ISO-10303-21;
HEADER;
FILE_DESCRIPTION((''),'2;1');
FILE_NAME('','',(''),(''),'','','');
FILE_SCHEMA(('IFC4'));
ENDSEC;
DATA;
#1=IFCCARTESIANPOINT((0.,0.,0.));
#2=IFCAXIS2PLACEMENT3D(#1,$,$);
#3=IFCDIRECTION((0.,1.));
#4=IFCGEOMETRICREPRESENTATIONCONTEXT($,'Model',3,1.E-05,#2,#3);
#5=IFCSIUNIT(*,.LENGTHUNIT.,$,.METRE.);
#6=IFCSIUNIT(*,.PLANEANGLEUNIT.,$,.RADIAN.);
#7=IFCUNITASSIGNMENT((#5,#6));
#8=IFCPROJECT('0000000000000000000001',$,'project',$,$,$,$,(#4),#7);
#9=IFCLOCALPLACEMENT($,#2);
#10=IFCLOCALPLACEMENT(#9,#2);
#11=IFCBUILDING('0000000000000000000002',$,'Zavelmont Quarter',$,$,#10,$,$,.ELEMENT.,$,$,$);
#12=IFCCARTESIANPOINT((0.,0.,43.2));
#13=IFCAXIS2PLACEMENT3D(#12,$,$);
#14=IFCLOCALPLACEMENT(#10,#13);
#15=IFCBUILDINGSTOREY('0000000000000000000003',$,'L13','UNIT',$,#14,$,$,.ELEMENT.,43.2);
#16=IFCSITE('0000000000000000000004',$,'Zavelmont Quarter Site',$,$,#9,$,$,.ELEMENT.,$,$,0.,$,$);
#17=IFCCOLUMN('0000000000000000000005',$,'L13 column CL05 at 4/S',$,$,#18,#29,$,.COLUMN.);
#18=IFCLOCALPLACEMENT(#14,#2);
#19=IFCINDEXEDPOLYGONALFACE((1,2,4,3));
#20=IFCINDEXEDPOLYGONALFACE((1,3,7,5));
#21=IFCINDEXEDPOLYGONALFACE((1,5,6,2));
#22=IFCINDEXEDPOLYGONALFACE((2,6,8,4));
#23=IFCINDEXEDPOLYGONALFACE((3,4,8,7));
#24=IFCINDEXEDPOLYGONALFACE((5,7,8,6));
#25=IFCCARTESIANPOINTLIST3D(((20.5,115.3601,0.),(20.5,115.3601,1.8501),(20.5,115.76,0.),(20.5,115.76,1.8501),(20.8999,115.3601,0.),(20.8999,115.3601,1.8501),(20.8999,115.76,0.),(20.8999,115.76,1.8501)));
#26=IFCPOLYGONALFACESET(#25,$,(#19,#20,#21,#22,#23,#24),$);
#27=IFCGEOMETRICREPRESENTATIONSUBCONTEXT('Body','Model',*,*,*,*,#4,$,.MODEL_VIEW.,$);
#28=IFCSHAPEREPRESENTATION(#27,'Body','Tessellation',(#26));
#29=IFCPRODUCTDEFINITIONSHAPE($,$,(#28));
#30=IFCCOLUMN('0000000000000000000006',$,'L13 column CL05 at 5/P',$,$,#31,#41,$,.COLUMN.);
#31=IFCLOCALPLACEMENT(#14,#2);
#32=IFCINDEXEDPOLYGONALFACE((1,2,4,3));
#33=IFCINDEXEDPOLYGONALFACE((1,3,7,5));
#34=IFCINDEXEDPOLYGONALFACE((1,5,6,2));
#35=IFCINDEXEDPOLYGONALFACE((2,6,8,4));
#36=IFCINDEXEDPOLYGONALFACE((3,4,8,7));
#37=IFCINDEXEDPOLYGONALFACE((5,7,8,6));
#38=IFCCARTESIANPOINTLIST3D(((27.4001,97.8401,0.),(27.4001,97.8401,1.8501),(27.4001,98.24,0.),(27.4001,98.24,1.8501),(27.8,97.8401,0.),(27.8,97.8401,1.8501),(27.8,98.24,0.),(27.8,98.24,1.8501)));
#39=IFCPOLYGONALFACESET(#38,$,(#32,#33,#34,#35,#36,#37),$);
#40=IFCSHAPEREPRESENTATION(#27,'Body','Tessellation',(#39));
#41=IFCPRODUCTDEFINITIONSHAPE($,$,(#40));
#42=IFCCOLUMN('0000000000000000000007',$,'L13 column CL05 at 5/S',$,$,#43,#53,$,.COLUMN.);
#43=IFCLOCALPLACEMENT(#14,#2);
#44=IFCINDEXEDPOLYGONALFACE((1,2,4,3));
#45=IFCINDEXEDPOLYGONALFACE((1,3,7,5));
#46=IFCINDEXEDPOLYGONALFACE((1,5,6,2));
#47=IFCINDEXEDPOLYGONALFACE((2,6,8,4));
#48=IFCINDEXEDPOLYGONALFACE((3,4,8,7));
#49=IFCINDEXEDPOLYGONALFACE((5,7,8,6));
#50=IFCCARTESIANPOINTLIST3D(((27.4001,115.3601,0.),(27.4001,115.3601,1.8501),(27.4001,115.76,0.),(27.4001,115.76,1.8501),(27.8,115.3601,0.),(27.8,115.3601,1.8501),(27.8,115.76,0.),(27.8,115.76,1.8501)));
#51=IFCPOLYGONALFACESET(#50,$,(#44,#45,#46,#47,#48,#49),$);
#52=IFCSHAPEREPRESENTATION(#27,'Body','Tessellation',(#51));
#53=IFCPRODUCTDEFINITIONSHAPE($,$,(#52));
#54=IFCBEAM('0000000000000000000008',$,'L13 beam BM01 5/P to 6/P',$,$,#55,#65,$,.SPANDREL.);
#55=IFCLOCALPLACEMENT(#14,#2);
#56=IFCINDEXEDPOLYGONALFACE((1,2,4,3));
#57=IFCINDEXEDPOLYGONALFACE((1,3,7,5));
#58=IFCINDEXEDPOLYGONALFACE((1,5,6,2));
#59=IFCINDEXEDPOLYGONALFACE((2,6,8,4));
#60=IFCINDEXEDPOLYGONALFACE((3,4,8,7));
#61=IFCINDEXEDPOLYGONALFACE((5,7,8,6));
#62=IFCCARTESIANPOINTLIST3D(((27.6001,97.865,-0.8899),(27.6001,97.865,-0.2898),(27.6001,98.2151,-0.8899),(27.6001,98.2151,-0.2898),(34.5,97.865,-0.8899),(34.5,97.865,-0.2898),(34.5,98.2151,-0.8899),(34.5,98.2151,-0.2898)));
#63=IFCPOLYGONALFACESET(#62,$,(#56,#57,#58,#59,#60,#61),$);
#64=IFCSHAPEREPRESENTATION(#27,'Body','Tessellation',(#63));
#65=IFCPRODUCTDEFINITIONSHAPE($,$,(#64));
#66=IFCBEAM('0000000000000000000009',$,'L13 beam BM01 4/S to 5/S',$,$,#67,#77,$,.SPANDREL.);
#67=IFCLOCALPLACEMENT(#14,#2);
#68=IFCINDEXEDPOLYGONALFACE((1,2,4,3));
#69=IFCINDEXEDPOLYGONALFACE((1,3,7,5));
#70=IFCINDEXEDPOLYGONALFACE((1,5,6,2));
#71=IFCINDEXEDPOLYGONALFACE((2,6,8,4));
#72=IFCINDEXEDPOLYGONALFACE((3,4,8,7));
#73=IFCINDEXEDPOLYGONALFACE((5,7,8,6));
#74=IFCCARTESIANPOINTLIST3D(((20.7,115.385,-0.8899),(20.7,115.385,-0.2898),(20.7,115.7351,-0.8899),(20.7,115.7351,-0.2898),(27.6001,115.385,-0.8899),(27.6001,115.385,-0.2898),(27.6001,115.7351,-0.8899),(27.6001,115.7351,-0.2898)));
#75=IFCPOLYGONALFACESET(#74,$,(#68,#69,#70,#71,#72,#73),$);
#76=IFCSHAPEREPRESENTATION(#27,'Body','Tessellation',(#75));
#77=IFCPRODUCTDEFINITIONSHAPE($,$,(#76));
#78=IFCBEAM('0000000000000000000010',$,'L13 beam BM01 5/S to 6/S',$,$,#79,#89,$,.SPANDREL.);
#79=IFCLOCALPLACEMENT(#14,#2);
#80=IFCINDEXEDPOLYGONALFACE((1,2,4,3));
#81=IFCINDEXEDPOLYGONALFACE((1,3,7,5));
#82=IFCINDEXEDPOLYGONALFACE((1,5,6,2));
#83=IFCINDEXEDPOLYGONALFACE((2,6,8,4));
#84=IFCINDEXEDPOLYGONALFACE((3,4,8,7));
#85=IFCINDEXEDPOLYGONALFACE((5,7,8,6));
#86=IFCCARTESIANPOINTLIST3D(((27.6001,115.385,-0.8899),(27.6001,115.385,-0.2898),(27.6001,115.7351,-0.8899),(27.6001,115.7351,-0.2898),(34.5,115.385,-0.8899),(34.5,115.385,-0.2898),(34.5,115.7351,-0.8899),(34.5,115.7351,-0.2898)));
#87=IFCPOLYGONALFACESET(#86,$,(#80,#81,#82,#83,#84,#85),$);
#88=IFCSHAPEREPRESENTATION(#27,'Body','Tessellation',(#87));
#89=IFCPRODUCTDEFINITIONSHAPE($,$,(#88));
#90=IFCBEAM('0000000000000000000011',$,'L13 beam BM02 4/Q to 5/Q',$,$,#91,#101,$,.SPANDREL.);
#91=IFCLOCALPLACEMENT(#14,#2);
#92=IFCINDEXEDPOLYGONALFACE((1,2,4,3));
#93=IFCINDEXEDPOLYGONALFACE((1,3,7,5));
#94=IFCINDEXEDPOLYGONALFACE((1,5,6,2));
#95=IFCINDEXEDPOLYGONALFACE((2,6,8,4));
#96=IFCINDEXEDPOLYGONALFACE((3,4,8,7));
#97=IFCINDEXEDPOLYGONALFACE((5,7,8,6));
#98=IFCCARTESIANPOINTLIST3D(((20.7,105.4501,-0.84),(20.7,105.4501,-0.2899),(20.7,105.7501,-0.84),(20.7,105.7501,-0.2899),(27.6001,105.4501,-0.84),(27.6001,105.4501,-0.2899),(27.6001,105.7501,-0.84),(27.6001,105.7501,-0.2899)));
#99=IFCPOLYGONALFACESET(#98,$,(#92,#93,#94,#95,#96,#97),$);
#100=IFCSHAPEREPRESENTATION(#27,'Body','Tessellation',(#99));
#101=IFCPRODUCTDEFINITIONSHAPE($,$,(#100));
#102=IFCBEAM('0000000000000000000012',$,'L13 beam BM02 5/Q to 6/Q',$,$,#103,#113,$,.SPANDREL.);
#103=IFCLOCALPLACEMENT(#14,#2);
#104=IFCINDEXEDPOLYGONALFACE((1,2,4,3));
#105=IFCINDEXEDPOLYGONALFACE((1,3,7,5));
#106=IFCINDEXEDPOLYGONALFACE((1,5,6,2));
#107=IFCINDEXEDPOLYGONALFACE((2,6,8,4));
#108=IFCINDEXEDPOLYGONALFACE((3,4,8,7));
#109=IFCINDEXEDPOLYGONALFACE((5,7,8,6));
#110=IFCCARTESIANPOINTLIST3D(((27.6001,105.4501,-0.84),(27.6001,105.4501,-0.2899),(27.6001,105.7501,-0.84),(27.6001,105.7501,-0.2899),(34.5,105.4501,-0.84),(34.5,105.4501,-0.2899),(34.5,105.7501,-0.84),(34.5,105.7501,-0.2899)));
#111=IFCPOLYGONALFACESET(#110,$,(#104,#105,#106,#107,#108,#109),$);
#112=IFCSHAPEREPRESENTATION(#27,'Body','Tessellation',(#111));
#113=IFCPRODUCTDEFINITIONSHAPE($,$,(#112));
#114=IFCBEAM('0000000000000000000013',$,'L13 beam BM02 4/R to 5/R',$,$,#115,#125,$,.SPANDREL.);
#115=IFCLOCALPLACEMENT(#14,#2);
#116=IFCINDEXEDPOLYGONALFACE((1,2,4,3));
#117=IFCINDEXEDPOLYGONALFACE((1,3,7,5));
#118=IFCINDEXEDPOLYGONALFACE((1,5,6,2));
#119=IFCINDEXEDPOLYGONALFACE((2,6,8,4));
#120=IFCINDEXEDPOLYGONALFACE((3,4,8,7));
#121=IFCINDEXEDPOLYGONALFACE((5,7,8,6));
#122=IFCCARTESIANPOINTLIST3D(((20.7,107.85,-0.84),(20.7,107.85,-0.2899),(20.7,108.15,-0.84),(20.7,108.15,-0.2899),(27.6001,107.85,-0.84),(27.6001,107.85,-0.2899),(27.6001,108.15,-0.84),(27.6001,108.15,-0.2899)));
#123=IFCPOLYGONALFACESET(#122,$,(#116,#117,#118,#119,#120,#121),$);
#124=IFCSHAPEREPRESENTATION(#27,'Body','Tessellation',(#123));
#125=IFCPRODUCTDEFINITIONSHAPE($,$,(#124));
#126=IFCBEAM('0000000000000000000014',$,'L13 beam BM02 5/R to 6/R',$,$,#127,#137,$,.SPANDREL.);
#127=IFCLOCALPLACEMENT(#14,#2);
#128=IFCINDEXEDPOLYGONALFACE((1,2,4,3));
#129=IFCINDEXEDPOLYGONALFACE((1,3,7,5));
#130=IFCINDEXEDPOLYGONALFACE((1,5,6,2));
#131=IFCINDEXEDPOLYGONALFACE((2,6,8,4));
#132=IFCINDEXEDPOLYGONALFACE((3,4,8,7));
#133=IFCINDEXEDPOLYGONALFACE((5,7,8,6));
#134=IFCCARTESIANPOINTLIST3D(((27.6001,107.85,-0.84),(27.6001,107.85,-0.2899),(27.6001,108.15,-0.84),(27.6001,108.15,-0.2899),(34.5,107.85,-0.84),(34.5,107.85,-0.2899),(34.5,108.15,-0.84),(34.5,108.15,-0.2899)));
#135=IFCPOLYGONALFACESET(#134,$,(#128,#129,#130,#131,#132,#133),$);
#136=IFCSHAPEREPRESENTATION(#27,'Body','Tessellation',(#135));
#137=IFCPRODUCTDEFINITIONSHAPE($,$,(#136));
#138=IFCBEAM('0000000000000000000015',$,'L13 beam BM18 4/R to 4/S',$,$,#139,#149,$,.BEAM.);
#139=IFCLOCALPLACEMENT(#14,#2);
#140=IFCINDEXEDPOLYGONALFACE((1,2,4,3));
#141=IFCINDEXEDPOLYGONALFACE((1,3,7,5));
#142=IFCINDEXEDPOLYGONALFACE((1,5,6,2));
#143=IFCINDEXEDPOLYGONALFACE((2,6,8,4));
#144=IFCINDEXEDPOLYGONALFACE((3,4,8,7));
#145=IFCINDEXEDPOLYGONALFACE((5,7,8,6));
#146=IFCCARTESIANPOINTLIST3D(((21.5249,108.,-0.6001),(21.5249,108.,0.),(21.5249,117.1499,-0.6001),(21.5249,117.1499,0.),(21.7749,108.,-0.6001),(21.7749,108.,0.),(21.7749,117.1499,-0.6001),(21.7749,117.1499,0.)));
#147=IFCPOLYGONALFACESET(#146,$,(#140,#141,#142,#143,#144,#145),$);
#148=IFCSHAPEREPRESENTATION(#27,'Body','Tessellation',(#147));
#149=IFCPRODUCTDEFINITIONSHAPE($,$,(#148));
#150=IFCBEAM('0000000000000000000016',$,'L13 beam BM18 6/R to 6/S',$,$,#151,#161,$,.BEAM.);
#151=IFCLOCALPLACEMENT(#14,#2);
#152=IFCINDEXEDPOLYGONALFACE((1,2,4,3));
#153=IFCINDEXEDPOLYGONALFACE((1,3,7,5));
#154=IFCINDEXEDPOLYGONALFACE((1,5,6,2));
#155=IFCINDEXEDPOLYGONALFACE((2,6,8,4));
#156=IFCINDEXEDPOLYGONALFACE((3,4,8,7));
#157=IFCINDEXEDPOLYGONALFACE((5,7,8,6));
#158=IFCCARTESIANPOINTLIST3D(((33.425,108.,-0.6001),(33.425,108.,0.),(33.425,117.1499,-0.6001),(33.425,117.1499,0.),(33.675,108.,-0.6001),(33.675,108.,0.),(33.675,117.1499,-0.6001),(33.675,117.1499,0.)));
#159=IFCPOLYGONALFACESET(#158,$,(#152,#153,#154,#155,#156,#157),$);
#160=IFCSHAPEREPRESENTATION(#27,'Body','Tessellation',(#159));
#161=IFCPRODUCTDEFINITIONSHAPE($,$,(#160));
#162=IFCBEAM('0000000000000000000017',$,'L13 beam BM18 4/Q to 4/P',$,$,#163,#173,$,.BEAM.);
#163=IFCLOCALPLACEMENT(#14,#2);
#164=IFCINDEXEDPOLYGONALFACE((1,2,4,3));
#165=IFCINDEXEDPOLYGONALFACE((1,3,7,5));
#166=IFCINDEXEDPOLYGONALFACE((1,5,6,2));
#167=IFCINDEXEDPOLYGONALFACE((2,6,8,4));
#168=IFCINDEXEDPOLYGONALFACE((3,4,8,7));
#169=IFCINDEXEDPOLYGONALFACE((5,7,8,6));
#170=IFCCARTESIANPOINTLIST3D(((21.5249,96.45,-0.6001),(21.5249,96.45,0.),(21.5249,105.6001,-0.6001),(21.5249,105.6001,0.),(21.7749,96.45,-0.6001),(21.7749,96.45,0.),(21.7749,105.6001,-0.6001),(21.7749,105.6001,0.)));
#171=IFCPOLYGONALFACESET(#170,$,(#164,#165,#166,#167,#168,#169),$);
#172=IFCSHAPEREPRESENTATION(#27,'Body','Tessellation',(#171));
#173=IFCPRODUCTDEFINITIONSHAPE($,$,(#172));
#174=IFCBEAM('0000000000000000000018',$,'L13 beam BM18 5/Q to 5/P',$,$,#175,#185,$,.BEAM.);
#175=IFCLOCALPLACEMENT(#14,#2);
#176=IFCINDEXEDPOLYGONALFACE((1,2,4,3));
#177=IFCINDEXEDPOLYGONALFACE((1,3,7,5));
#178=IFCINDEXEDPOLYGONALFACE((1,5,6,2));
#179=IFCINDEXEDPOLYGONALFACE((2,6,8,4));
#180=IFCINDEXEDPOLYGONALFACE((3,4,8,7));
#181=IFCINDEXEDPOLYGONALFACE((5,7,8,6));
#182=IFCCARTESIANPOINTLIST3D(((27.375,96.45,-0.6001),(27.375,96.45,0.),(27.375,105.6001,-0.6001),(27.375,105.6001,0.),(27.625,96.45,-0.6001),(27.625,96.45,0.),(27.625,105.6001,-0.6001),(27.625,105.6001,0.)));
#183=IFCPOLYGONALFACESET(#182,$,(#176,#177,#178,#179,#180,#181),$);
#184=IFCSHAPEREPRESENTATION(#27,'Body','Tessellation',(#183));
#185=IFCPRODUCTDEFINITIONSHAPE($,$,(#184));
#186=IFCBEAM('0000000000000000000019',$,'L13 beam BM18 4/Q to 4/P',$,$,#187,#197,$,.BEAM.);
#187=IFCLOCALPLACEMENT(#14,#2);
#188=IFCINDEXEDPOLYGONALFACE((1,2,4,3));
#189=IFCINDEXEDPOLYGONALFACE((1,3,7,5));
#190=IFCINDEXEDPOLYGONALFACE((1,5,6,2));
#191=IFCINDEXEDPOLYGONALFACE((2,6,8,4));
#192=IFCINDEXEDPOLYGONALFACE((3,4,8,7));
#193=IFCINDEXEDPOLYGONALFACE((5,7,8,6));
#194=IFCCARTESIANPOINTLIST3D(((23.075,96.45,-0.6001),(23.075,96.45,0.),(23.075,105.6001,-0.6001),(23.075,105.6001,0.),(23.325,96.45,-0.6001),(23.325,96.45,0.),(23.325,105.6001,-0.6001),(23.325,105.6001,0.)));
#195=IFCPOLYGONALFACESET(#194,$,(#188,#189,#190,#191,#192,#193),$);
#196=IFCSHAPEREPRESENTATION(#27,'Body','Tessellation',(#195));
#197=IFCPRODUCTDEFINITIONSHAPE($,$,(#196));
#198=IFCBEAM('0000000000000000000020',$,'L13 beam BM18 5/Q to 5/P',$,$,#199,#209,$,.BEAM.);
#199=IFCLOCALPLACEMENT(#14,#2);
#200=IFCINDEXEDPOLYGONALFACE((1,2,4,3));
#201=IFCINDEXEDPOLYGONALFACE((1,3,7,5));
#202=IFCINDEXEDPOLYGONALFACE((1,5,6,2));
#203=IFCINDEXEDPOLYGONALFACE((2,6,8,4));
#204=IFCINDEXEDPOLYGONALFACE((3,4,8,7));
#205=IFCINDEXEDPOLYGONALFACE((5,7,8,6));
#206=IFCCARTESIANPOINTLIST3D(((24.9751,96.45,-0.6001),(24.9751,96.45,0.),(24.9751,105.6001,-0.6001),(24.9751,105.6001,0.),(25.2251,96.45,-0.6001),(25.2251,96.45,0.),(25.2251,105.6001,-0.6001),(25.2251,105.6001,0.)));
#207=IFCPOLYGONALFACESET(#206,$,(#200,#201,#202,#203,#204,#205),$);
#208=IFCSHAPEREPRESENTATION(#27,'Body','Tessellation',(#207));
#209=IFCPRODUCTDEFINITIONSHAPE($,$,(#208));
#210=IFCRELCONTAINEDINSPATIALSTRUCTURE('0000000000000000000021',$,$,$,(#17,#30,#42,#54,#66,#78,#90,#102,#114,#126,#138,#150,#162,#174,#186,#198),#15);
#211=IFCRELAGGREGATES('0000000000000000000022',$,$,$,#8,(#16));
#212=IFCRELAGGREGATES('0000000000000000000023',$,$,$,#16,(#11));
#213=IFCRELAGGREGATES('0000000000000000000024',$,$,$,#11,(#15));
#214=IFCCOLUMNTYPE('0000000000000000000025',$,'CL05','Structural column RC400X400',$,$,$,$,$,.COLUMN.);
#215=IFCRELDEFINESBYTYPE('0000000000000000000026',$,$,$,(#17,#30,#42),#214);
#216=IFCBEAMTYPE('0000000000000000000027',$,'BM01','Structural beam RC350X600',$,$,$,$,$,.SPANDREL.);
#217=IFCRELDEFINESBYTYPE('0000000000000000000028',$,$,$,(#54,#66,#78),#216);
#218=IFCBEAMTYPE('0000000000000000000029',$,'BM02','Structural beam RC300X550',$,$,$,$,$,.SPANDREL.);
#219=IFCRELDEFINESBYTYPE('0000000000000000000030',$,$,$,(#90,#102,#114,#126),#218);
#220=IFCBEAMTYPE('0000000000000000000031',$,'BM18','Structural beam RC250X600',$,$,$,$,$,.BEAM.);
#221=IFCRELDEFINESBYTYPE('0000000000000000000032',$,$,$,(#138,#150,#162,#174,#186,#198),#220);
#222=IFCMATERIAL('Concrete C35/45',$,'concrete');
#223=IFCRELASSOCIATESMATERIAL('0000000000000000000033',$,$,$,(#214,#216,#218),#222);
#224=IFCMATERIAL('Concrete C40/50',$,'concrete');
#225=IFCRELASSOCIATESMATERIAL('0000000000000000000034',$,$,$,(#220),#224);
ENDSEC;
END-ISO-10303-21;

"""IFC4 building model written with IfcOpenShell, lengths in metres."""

from ifc_helpers import new_model, si_unit, direction, frame, origin, origin_2d, place, context, subcontext, project, spatial, rectangle, extrude, material, material_profile, profile_set, type_object, element, save


model = new_model("IFC4")

# Units and contexts
model_context = context("Model", 3, precision=1e-05, world=origin(), true_north=direction((0.0, 1.0)))
body_context = subcontext(model_context, "Body", "Model", "MODEL_VIEW")
ifc_project = project(units=[si_unit("LENGTHUNIT", "METRE"), si_unit("PLANEANGLEUNIT", "RADIAN")], contexts=[model_context])

# Site, building, storey
site_placement = place(None, origin())
site = spatial("IfcSite", under=ifc_project, at=site_placement, Name="Zavelmont Quarter Site", CompositionType="ELEMENT", RefElevation=0.0)
building_placement = place(site_placement, origin())
building = spatial("IfcBuilding", under=site, at=building_placement, Name="Zavelmont Quarter", CompositionType="ELEMENT")
storey_placement = place(building_placement, frame((0.0, 0.0, 43.2)))
storey = spatial("IfcBuildingStorey", under=building, at=storey_placement, Name="L13", Description="UNIT", CompositionType="ELEMENT", Elevation=43.2)

# Columns
ifc_material_1 = material(Name="Concrete C35/45", Category="concrete")
ifc_material_profile_1 = material_profile(ifc_material_1, rectangle(XDim=0.3999, YDim=0.3999, at=origin_2d()), Name="RC400X400")
ifc_profile_set_1 = profile_set([ifc_material_profile_1], Name="Concrete C35/45")
column_type = type_object("IfcColumnType", Name="CL05", Description="Structural column RC400X400", PredefinedType="COLUMN", material=ifc_profile_set_1)
for number, where, z_axis, x_axis, name in (
    (1, (20.7, 115.5601, 0.0), (0.0, 0.0, 1.0), (1.0, 0.0, 0.0), "L13 column CL05 at 4/S"),
    (2, (27.6001, 98.04, 0.0), (0.0, 0.0, 1.0), (1.0, 0.0, 0.0), "L13 column CL05 at 5/P"),
    (3, (27.6001, 115.5601, 0.0), (0.0, 0.0, 1.0), (1.0, 0.0, 0.0), "L13 column CL05 at 5/S"),
):
    element("IfcColumn", number, at=place(storey_placement, frame(where, z_axis=z_axis, x_axis=x_axis)), inside=storey, type_object=column_type, Name=name, PredefinedType="COLUMN", context=body_context, shape_type="SweptSolid", body=[
        extrude(rectangle(XDim=0.3999, YDim=0.3999, at=origin_2d()), origin(), (0.0, 0.0, 1.0), 1.8501),
    ])

# Beams
ifc_material_profile_2 = material_profile(ifc_material_1, rectangle(XDim=0.3501, YDim=0.6001, at=origin_2d()), Name="RC350X600")
ifc_profile_set_2 = profile_set([ifc_material_profile_2], Name="Concrete C35/45")
beam_type_1 = type_object("IfcBeamType", Name="BM01", Description="Structural beam RC350X600", PredefinedType="SPANDREL", material=ifc_profile_set_2)
beam_1_placement = place(storey_placement, frame((27.6001, 98.04, -0.5898), z_axis=(1.0, 0.0, 0.0), x_axis=(0.0, 1.0, 0.0)))
element("IfcBeam", 4, at=beam_1_placement, inside=storey, type_object=beam_type_1, Name="L13 beam BM01 5/P to 6/P", PredefinedType="SPANDREL", context=body_context, shape_type="SweptSolid", body=[
    extrude(rectangle(XDim=0.3501, YDim=0.6001, at=origin_2d()), origin(), (0.0, 0.0, 1.0), 6.8999),
])
beam_2_placement = place(storey_placement, frame((20.7, 115.5601, -0.5898), z_axis=(1.0, 0.0, 0.0), x_axis=(0.0, 1.0, 0.0)))
element("IfcBeam", 5, at=beam_2_placement, inside=storey, type_object=beam_type_1, Name="L13 beam BM01 4/S to 5/S", PredefinedType="SPANDREL", context=body_context, shape_type="SweptSolid", body=[
    extrude(rectangle(XDim=0.3501, YDim=0.6001, at=origin_2d()), origin(), (0.0, 0.0, 1.0), 6.9001),
])
beam_3_placement = place(storey_placement, frame((27.6001, 115.5601, -0.5898), z_axis=(1.0, 0.0, 0.0), x_axis=(0.0, 1.0, 0.0)))
element("IfcBeam", 6, at=beam_3_placement, inside=storey, type_object=beam_type_1, Name="L13 beam BM01 5/S to 6/S", PredefinedType="SPANDREL", context=body_context, shape_type="SweptSolid", body=[
    extrude(rectangle(XDim=0.3501, YDim=0.6001, at=origin_2d()), origin(), (0.0, 0.0, 1.0), 6.8999),
])
ifc_material_profile_3 = material_profile(ifc_material_1, rectangle(XDim=0.3, YDim=0.55, at=origin_2d()), Name="RC300X550")
ifc_profile_set_3 = profile_set([ifc_material_profile_3], Name="Concrete C35/45")
beam_type_2 = type_object("IfcBeamType", Name="BM02", Description="Structural beam RC300X550", PredefinedType="SPANDREL", material=ifc_profile_set_3)
beam_4_placement = place(storey_placement, frame((20.7, 105.6001, -0.5649), z_axis=(1.0, 0.0, 0.0), x_axis=(0.0, 1.0, 0.0)))
element("IfcBeam", 7, at=beam_4_placement, inside=storey, type_object=beam_type_2, Name="L13 beam BM02 4/Q to 5/Q", PredefinedType="SPANDREL", context=body_context, shape_type="SweptSolid", body=[
    extrude(rectangle(XDim=0.3, YDim=0.55, at=origin_2d()), origin(), (0.0, 0.0, 1.0), 6.9001),
])
beam_5_placement = place(storey_placement, frame((27.6001, 105.6001, -0.5649), z_axis=(1.0, 0.0, 0.0), x_axis=(0.0, 1.0, 0.0)))
element("IfcBeam", 8, at=beam_5_placement, inside=storey, type_object=beam_type_2, Name="L13 beam BM02 5/Q to 6/Q", PredefinedType="SPANDREL", context=body_context, shape_type="SweptSolid", body=[
    extrude(rectangle(XDim=0.3, YDim=0.55, at=origin_2d()), origin(), (0.0, 0.0, 1.0), 6.8999),
])
beam_6_placement = place(storey_placement, frame((20.7, 108.0, -0.5649), z_axis=(1.0, 0.0, 0.0), x_axis=(0.0, 1.0, 0.0)))
element("IfcBeam", 9, at=beam_6_placement, inside=storey, type_object=beam_type_2, Name="L13 beam BM02 4/R to 5/R", PredefinedType="SPANDREL", context=body_context, shape_type="SweptSolid", body=[
    extrude(rectangle(XDim=0.3, YDim=0.55, at=origin_2d()), origin(), (0.0, 0.0, 1.0), 6.9001),
])
beam_7_placement = place(storey_placement, frame((27.6001, 108.0, -0.5649), z_axis=(1.0, 0.0, 0.0), x_axis=(0.0, 1.0, 0.0)))
element("IfcBeam", 10, at=beam_7_placement, inside=storey, type_object=beam_type_2, Name="L13 beam BM02 5/R to 6/R", PredefinedType="SPANDREL", context=body_context, shape_type="SweptSolid", body=[
    extrude(rectangle(XDim=0.3, YDim=0.55, at=origin_2d()), origin(), (0.0, 0.0, 1.0), 6.8999),
])
ifc_material_2 = material(Name="Concrete C40/50", Category="concrete")
ifc_material_profile_4 = material_profile(ifc_material_2, rectangle(XDim=0.25, YDim=0.6001, at=origin_2d()), Name="RC250X600")
ifc_profile_set_4 = profile_set([ifc_material_profile_4], Name="Concrete C40/50")
beam_type_3 = type_object("IfcBeamType", Name="BM18", Description="Structural beam RC250X600", PredefinedType="BEAM", material=ifc_profile_set_4)
for number, where, z_axis, x_axis, name in (
    (11, (21.6499, 108.0, -0.3), (0.0, 1.0, 0.0), (-1.0, 0.0, 0.0), "L13 beam BM18 4/R to 4/S"),
    (12, (33.55, 108.0, -0.3), (0.0, 1.0, 0.0), (-1.0, 0.0, 0.0), "L13 beam BM18 6/R to 6/S"),
):
    element("IfcBeam", number, at=place(storey_placement, frame(where, z_axis=z_axis, x_axis=x_axis)), inside=storey, type_object=beam_type_3, Name=name, PredefinedType="BEAM", context=body_context, shape_type="SweptSolid", body=[
        extrude(rectangle(XDim=0.25, YDim=0.6001, at=origin_2d()), origin(), (0.0, 0.0, 1.0), 9.1499),
    ])
for number, where, z_axis, x_axis, name in (
    (13, (21.6499, 105.6001, -0.3), (0.0, -1.0, 0.0), (1.0, 0.0, 0.0), "L13 beam BM18 4/Q to 4/P"),
    (14, (27.5, 105.6001, -0.3), (0.0, -1.0, 0.0), (1.0, 0.0, 0.0), "L13 beam BM18 5/Q to 5/P"),
    (15, (23.2, 105.6001, -0.3), (0.0, -1.0, 0.0), (1.0, 0.0, 0.0), "L13 beam BM18 4/Q to 4/P"),
    (16, (25.1001, 105.6001, -0.3), (0.0, -1.0, 0.0), (1.0, 0.0, 0.0), "L13 beam BM18 5/Q to 5/P"),
):
    element("IfcBeam", number, at=place(storey_placement, frame(where, z_axis=z_axis, x_axis=x_axis)), inside=storey, type_object=beam_type_3, Name=name, PredefinedType="BEAM", context=body_context, shape_type="SweptSolid", body=[
        extrude(rectangle(XDim=0.25, YDim=0.6001, at=origin_2d()), origin(), (0.0, 0.0, 1.0), 9.1501),
    ])

save(model, "model.ifc")
